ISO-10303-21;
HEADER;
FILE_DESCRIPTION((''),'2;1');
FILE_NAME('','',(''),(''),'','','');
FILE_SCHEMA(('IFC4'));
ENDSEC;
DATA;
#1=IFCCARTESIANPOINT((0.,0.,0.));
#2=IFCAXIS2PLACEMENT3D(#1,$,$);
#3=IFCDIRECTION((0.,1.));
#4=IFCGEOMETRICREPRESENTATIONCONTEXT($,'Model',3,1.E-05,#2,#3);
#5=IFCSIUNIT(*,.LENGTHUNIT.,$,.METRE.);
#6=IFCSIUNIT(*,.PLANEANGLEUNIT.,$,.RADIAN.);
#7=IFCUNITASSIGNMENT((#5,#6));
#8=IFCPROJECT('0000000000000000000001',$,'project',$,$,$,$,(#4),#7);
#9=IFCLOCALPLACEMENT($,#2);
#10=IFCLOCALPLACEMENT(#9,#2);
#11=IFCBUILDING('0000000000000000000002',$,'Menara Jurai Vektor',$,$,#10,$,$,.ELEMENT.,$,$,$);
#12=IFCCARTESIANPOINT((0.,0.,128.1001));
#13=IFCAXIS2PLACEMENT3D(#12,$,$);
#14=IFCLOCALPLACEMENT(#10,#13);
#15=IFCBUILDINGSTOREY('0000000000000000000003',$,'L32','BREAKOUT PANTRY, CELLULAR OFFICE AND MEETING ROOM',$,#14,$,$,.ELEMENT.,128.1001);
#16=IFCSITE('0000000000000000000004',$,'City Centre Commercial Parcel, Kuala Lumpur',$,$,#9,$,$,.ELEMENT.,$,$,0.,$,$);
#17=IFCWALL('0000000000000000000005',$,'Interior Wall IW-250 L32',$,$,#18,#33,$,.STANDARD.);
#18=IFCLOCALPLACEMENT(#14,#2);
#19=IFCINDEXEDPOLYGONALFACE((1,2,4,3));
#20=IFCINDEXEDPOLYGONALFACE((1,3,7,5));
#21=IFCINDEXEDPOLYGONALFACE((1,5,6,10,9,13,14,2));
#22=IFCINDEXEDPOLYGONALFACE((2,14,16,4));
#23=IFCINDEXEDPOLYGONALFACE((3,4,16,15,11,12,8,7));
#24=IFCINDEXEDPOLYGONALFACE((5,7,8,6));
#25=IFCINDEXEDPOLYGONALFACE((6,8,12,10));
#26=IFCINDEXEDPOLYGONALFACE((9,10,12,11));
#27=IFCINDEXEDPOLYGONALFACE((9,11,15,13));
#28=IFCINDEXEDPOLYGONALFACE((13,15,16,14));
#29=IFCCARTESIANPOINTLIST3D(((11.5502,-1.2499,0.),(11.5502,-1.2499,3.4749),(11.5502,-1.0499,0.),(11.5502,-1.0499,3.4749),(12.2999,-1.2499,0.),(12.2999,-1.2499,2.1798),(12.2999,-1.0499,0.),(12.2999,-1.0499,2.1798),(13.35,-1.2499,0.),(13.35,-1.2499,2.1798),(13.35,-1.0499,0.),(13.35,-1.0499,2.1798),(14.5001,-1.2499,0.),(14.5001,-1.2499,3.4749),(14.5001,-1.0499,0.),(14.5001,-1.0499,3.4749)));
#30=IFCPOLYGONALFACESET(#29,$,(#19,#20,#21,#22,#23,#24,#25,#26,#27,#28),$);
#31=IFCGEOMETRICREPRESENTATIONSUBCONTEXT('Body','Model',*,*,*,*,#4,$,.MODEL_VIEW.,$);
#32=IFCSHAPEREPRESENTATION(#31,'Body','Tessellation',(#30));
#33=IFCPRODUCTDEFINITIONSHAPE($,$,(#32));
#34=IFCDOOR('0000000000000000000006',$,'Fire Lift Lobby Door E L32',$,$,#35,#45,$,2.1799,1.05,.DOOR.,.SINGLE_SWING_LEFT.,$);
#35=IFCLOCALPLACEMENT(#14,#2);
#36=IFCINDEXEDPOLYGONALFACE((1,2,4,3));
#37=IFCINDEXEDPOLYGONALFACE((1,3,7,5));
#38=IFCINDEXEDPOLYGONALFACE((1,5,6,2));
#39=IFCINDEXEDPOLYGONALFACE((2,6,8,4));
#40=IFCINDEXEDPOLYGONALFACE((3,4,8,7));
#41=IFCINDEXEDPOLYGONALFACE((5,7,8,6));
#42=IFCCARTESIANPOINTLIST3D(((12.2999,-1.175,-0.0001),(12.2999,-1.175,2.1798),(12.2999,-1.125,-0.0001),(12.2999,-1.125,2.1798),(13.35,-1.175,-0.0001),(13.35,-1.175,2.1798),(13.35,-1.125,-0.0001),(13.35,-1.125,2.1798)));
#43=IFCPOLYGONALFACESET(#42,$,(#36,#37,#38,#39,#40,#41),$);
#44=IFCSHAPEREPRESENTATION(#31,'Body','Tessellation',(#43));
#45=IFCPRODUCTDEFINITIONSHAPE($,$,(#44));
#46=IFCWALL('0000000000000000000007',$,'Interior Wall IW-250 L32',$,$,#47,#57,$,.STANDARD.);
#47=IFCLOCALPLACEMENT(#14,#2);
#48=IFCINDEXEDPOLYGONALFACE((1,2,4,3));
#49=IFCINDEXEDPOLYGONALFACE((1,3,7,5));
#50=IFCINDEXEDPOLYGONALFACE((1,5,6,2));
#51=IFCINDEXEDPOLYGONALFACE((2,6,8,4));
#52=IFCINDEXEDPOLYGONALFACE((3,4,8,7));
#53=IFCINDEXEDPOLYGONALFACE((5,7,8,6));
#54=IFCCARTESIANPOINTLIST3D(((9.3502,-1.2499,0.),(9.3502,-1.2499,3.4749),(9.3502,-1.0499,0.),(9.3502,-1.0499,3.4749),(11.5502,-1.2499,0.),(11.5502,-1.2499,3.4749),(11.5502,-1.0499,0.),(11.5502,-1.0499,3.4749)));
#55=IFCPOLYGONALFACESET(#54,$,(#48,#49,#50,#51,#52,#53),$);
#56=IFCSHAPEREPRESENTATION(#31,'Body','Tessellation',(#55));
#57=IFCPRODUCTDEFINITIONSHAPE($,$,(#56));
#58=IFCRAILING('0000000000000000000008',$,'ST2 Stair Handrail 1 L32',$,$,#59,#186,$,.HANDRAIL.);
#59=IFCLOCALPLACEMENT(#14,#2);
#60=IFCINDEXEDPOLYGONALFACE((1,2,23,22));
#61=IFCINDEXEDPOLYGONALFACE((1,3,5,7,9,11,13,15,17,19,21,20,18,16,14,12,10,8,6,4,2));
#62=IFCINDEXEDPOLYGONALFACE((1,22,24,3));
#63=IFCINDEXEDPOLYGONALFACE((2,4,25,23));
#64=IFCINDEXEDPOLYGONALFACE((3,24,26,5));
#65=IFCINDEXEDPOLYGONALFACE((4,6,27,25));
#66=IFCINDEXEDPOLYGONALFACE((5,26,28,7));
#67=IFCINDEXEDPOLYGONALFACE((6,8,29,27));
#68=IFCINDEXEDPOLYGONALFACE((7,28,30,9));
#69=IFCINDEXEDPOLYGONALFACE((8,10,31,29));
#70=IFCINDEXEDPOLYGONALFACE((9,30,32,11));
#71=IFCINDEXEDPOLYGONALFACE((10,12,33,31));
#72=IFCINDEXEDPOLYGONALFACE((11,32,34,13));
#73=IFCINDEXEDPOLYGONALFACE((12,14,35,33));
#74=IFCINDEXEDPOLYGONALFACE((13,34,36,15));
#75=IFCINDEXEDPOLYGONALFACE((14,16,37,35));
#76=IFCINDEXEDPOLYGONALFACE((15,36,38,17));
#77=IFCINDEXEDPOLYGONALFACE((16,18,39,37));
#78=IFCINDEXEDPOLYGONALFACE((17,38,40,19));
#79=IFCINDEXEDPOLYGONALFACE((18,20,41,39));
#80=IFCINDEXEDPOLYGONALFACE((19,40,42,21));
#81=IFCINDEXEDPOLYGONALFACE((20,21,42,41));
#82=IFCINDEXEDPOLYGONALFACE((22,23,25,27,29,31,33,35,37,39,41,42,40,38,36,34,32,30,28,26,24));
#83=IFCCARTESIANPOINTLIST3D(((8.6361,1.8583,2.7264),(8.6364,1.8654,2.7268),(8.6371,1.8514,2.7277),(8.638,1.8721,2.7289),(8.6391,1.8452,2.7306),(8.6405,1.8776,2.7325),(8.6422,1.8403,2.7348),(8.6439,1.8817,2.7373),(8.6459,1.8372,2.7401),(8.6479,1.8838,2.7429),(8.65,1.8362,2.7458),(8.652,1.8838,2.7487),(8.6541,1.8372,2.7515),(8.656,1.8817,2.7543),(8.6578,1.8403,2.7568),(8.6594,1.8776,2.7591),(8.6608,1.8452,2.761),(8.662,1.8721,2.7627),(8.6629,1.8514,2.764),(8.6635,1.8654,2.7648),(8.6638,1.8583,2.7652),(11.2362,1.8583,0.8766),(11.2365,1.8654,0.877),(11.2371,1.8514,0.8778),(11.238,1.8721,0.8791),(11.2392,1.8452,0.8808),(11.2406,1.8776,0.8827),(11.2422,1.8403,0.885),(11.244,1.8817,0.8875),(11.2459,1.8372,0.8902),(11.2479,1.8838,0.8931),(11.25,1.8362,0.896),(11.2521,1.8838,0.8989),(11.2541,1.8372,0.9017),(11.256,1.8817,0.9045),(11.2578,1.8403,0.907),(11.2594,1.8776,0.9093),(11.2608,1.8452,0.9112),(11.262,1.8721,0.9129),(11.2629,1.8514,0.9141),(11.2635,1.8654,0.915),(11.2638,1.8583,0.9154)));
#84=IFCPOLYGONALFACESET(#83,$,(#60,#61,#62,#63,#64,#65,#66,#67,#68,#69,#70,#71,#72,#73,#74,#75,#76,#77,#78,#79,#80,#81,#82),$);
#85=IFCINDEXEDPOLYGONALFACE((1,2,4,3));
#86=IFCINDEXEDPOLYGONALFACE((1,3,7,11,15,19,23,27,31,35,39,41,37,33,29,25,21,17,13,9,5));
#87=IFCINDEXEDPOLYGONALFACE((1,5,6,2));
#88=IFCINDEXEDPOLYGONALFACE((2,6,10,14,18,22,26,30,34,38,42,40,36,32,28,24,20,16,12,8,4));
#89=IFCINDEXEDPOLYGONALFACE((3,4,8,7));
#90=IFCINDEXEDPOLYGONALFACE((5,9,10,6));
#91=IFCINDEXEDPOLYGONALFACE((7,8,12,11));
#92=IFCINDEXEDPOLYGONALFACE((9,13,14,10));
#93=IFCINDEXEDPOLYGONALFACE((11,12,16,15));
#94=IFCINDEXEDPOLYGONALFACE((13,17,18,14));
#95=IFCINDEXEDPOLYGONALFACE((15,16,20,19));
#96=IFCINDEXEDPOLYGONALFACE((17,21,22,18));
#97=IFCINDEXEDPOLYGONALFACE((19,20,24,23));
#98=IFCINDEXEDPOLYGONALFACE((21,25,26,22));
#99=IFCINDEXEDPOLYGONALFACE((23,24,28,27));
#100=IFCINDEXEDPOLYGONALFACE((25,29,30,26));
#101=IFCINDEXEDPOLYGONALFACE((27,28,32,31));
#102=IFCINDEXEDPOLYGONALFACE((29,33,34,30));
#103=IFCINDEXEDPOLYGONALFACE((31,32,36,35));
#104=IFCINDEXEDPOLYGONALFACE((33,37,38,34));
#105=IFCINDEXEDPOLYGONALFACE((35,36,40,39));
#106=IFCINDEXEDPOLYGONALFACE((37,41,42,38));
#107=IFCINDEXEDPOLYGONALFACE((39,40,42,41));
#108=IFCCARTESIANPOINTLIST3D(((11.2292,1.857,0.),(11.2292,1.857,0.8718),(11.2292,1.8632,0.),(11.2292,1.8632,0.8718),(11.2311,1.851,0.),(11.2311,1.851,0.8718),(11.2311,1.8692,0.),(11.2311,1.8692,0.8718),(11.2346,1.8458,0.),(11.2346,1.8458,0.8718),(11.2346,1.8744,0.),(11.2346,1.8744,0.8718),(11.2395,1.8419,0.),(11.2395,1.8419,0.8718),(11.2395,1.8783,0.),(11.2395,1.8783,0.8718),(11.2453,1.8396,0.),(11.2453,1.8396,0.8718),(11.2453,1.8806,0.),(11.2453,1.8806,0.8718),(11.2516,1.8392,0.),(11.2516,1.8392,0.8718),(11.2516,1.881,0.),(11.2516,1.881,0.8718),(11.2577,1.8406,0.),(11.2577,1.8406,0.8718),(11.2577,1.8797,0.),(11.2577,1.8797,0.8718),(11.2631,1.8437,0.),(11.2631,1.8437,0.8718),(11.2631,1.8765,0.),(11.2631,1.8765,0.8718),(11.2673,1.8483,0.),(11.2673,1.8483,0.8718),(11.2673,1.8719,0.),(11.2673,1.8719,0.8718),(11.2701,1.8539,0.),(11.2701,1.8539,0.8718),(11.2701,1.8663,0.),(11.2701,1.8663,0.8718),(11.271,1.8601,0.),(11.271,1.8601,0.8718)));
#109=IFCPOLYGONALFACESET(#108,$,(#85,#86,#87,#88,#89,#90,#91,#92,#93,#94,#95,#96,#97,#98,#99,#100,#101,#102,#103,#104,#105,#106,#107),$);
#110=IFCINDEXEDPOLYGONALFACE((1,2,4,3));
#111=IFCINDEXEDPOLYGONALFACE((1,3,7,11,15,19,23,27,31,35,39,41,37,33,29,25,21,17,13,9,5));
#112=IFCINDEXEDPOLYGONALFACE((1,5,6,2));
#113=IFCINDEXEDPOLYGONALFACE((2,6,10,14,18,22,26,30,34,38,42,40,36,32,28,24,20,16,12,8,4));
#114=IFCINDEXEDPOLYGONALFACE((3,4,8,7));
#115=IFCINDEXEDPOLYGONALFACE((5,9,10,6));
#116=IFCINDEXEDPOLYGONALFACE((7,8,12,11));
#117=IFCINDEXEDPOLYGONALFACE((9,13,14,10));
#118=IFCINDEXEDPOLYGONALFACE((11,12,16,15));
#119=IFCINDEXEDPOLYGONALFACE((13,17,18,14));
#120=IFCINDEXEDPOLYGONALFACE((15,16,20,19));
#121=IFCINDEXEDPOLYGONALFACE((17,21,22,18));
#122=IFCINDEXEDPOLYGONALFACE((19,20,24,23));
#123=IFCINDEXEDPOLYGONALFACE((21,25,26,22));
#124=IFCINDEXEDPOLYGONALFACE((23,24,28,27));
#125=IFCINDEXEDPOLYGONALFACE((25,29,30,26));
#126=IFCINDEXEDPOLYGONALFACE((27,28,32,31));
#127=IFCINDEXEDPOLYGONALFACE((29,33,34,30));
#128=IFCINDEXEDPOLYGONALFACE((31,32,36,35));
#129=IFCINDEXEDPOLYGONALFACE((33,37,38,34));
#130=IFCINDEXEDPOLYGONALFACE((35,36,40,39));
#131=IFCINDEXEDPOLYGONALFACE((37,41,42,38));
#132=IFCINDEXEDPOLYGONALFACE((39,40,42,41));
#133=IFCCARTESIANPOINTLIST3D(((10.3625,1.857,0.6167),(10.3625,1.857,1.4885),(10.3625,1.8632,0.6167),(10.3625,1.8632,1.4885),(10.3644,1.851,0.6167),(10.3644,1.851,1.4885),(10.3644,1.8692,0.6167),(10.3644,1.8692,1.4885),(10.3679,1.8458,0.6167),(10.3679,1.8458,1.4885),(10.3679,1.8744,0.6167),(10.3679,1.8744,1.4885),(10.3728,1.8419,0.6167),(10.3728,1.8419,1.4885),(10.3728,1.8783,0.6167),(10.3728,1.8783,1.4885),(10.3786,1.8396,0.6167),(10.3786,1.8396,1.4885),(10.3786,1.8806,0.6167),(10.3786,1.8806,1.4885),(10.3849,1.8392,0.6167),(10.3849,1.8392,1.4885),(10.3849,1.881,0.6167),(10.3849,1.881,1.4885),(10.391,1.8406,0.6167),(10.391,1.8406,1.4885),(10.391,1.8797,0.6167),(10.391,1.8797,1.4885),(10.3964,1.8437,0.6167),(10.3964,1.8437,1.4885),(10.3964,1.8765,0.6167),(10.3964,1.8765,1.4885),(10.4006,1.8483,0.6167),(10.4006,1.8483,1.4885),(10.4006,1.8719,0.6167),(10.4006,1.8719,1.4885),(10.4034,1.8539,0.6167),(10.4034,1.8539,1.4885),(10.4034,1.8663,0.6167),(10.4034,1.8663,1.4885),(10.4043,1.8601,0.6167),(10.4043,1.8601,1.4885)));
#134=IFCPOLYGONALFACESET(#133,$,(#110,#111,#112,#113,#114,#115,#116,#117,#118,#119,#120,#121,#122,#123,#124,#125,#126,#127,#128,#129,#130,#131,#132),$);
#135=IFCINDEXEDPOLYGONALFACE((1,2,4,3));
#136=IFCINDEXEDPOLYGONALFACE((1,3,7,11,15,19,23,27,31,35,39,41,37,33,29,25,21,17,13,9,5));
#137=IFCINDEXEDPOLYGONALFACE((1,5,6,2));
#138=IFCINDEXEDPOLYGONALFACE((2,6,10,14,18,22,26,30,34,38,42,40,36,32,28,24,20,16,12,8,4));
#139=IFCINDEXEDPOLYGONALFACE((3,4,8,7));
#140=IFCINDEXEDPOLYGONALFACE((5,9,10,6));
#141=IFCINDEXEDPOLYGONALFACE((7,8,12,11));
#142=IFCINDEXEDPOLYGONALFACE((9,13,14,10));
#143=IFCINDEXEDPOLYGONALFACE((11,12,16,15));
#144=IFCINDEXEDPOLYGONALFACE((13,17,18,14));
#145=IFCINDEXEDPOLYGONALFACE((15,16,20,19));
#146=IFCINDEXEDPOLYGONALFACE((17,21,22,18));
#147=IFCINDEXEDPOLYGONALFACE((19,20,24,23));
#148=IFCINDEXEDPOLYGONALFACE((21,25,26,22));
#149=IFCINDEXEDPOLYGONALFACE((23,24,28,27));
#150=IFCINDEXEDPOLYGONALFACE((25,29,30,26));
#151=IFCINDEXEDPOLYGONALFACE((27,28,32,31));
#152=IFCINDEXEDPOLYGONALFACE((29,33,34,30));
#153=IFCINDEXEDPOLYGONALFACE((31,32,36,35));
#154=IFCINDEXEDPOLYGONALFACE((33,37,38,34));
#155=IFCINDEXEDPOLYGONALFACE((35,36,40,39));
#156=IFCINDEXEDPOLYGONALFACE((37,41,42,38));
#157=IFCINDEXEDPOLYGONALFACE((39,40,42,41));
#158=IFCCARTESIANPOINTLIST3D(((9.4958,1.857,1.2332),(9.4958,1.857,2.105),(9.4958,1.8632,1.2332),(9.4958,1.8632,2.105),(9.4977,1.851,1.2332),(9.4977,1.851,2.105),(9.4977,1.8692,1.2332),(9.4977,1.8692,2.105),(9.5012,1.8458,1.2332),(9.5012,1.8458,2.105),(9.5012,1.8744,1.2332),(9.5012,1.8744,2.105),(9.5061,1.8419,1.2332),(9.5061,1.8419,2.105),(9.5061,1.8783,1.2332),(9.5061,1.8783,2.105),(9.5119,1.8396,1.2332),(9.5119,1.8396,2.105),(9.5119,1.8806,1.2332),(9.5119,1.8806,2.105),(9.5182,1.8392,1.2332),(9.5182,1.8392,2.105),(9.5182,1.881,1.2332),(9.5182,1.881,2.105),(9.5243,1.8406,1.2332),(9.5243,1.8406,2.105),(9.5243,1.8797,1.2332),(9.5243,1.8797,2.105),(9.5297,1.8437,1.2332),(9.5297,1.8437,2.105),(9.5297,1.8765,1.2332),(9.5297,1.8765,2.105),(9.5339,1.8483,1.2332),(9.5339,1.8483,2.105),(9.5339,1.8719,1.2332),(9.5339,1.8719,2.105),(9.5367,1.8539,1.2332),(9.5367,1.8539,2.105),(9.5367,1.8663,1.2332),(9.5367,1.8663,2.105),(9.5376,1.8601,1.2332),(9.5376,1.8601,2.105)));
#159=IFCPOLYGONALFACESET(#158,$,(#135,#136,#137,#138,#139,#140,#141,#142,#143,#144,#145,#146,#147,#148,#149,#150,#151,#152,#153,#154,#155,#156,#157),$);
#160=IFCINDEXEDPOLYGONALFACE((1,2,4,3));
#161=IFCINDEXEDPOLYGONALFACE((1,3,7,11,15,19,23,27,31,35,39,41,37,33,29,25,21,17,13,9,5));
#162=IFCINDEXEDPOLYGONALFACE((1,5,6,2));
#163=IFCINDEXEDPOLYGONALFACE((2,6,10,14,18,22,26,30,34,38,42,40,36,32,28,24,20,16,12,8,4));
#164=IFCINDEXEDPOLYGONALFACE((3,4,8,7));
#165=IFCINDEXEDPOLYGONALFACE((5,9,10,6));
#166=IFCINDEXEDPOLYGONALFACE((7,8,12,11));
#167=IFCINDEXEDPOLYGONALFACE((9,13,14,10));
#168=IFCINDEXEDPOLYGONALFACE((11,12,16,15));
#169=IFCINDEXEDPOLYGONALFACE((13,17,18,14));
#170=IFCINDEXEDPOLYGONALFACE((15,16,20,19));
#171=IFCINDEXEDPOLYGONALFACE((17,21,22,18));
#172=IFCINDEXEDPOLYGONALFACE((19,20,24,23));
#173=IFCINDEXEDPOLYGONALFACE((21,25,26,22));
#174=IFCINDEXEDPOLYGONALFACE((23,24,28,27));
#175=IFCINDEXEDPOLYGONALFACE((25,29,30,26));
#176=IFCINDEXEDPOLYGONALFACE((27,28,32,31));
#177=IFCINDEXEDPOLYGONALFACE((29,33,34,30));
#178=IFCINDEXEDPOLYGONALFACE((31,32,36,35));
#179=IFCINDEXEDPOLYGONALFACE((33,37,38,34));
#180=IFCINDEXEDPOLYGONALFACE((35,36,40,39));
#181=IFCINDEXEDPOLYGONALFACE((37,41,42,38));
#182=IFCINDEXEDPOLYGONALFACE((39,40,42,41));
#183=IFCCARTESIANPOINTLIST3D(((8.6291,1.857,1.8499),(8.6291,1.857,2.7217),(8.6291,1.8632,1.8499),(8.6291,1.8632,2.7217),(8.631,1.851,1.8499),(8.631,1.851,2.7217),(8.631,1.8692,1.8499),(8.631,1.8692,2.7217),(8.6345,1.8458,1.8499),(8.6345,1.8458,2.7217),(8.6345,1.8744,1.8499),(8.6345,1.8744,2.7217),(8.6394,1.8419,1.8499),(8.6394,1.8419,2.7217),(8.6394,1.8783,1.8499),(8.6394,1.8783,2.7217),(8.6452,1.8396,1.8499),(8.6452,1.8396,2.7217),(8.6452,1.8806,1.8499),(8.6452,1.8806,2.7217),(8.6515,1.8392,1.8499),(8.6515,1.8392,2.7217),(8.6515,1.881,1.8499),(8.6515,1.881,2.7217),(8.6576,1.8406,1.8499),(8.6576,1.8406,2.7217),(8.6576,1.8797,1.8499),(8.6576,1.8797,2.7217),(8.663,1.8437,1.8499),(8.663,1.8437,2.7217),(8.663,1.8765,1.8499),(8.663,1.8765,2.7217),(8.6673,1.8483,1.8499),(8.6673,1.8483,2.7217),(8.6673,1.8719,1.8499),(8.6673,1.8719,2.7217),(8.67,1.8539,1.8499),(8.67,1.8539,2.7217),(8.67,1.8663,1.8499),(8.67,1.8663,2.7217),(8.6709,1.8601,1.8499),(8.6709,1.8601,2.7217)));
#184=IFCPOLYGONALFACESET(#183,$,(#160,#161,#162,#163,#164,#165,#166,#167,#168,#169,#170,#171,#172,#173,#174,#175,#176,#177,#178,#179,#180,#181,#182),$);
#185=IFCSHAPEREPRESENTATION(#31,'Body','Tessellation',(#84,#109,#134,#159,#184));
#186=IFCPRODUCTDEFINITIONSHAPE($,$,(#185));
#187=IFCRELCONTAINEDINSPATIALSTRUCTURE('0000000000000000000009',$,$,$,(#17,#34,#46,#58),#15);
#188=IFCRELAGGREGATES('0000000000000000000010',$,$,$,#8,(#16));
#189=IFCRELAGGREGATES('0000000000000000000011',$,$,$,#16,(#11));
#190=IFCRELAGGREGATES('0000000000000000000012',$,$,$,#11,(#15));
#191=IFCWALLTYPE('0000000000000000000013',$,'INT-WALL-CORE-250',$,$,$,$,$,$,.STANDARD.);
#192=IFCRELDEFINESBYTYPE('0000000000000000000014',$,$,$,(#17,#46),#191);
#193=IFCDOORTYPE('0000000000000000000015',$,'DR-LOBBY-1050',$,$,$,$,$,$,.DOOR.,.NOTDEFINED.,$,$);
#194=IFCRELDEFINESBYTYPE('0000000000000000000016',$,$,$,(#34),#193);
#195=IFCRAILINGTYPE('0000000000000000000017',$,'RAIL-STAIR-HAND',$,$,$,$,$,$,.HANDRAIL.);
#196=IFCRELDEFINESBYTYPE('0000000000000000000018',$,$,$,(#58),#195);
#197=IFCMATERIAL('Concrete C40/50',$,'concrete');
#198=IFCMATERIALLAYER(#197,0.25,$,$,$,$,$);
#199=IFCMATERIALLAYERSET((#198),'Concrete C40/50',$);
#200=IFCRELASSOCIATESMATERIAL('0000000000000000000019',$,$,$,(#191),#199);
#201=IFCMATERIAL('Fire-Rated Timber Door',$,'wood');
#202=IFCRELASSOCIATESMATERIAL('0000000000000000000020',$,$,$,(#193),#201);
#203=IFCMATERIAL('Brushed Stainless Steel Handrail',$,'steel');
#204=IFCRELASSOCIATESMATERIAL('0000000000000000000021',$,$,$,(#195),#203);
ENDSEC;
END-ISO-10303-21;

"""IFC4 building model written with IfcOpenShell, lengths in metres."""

from ifc_helpers import new_model, si_unit, direction, frame, frame_2d, origin, origin_2d, place, context, subcontext, project, spatial, rectangle, circle, extrude, material, layer, layer_set, type_object, element, fill, save


model = new_model("IFC4")

# Units and contexts
model_context = context("Model", 3, precision=1e-05, world=origin(), true_north=direction((0.0, 1.0)))
body_context = subcontext(model_context, "Body", "Model", "MODEL_VIEW")
ifc_project = project(units=[si_unit("LENGTHUNIT", "METRE"), si_unit("PLANEANGLEUNIT", "RADIAN")], contexts=[model_context])

# Site, building, storey
site_placement = place(None, origin())
site = spatial("IfcSite", under=ifc_project, at=site_placement, Name="City Centre Commercial Parcel, Kuala Lumpur", CompositionType="ELEMENT", RefElevation=0.0)
building_placement = place(site_placement, origin())
building = spatial("IfcBuilding", under=site, at=building_placement, Name="Menara Jurai Vektor", CompositionType="ELEMENT")
storey_placement = place(building_placement, frame((0.0, 0.0, 128.1001)))
storey = spatial("IfcBuildingStorey", under=building, at=storey_placement, Name="L32", Description="BREAKOUT PANTRY, CELLULAR OFFICE AND MEETING ROOM", CompositionType="ELEMENT", Elevation=128.1001)

# Shared definitions
ifc_material_1 = material(Name="Concrete C40/50", Category="concrete")
ifc_layer_1 = layer(ifc_material_1, 0.25)
ifc_layer_set_1 = layer_set([ifc_layer_1], Name="Concrete C40/50")
wall_type_1 = type_object("IfcWallType", Name="INT-WALL-CORE-250", PredefinedType="STANDARD", material=ifc_layer_set_1)

# Wall, opening, door
wall_1_placement = place(storey_placement, frame((11.55, -1.1499, 0.0), z_axis=(0.0, 0.0, 1.0), x_axis=(1.0, 0.0, 0.0)))
wall_1 = element("IfcWall", 1, at=wall_1_placement, inside=storey, type_object=wall_type_1, Name="Interior Wall IW-250 L32", PredefinedType="STANDARD", context=body_context, shape_type="SweptSolid", body=[
    extrude(rectangle(XDim=2.95, YDim=0.2, at=frame_2d((1.4751, 0.0))), origin(), (0.0, 0.0, 1.0), 3.4749),
])
opening_1_placement = place(wall_1_placement, frame((0.75, 0.0, 0.0)))
opening_1 = element("IfcOpeningElement", 2, at=opening_1_placement, cuts=wall_1, PredefinedType="OPENING", context=body_context, shape_type="SweptSolid", body=[
    extrude(rectangle(XDim=1.05, YDim=2.1799, at=frame_2d((0.5249, 1.0898))), frame((0.0, 0.1099, 0.0), z_axis=(0.0, -1.0, 0.0), x_axis=(1.0, 0.0, 0.0)), (0.0, 0.0, 1.0), 0.22),
])
ifc_material_2 = material(Name="Fire-Rated Timber Door", Category="wood")
door_type_1 = type_object("IfcDoorType", Name="DR-LOBBY-1050", OperationType="NOTDEFINED", PredefinedType="DOOR", material=ifc_material_2)
door_1_placement = place(opening_1_placement, origin())
door_1 = element("IfcDoor", 3, at=door_1_placement, inside=storey, type_object=door_type_1, Name="Fire Lift Lobby Door E L32", OperationType="SINGLE_SWING_LEFT", OverallHeight=2.1799, OverallWidth=1.05, PredefinedType="DOOR", context=body_context, shape_type="SweptSolid", body=[
    extrude(rectangle(XDim=1.05, YDim=2.1799, at=frame_2d((0.5249, 1.0898))), frame((0.0, 0.0249, 0.0), z_axis=(0.0, -1.0, 0.0), x_axis=(1.0, 0.0, 0.0)), (0.0, 0.0, 1.0), 0.05),
])
fill(opening_1, door_1)

# Wall
wall_2_placement = place(storey_placement, frame((9.3501, -1.1499, 0.0), z_axis=(0.0, 0.0, 1.0), x_axis=(1.0, 0.0, 0.0)))
element("IfcWall", 4, at=wall_2_placement, inside=storey, type_object=wall_type_1, Name="Interior Wall IW-250 L32", PredefinedType="STANDARD", context=body_context, shape_type="SweptSolid", body=[
    extrude(rectangle(XDim=2.2, YDim=0.2, at=frame_2d((1.1001, 0.0))), origin(), (0.0, 0.0, 1.0), 3.4749),
])

# Railing
ifc_material_3 = material(Name="Brushed Stainless Steel Handrail", Category="steel")
railing_type = type_object("IfcRailingType", Name="RAIL-STAIR-HAND", PredefinedType="HANDRAIL", material=ifc_material_3)
railing_placement = place(storey_placement, frame((11.25, 1.8601, 0.0)))
element("IfcRailing", 5, at=railing_placement, inside=storey, type_object=railing_type, Name="ST2 Stair Handrail 1 L32", PredefinedType="HANDRAIL", context=body_context, shape_type="SweptSolid", body=[
    extrude(circle(Radius=0.0239, at=origin_2d()), frame((0.0, 0.0, 0.896), z_axis=(-0.814823, 0.0, 0.57971), x_axis=(0.0, -1.0, 0.0)), (0.0, 0.0, 1.0), 3.1909),
    extrude(circle(Radius=0.021, at=origin_2d()), origin(), (0.0, 0.0, 1.0), 0.8718),
    extrude(circle(Radius=0.021, at=origin_2d()), frame((-0.8667, 0.0, 0.6167)), (0.0, 0.0, 1.0), 0.8718),
    extrude(circle(Radius=0.021, at=origin_2d()), frame((-1.7334, 0.0, 1.2332)), (0.0, 0.0, 1.0), 0.8718),
    extrude(circle(Radius=0.021, at=origin_2d()), frame((-2.6001, 0.0, 1.8499)), (0.0, 0.0, 1.0), 0.8718),
])

save(model, "model.ifc")
